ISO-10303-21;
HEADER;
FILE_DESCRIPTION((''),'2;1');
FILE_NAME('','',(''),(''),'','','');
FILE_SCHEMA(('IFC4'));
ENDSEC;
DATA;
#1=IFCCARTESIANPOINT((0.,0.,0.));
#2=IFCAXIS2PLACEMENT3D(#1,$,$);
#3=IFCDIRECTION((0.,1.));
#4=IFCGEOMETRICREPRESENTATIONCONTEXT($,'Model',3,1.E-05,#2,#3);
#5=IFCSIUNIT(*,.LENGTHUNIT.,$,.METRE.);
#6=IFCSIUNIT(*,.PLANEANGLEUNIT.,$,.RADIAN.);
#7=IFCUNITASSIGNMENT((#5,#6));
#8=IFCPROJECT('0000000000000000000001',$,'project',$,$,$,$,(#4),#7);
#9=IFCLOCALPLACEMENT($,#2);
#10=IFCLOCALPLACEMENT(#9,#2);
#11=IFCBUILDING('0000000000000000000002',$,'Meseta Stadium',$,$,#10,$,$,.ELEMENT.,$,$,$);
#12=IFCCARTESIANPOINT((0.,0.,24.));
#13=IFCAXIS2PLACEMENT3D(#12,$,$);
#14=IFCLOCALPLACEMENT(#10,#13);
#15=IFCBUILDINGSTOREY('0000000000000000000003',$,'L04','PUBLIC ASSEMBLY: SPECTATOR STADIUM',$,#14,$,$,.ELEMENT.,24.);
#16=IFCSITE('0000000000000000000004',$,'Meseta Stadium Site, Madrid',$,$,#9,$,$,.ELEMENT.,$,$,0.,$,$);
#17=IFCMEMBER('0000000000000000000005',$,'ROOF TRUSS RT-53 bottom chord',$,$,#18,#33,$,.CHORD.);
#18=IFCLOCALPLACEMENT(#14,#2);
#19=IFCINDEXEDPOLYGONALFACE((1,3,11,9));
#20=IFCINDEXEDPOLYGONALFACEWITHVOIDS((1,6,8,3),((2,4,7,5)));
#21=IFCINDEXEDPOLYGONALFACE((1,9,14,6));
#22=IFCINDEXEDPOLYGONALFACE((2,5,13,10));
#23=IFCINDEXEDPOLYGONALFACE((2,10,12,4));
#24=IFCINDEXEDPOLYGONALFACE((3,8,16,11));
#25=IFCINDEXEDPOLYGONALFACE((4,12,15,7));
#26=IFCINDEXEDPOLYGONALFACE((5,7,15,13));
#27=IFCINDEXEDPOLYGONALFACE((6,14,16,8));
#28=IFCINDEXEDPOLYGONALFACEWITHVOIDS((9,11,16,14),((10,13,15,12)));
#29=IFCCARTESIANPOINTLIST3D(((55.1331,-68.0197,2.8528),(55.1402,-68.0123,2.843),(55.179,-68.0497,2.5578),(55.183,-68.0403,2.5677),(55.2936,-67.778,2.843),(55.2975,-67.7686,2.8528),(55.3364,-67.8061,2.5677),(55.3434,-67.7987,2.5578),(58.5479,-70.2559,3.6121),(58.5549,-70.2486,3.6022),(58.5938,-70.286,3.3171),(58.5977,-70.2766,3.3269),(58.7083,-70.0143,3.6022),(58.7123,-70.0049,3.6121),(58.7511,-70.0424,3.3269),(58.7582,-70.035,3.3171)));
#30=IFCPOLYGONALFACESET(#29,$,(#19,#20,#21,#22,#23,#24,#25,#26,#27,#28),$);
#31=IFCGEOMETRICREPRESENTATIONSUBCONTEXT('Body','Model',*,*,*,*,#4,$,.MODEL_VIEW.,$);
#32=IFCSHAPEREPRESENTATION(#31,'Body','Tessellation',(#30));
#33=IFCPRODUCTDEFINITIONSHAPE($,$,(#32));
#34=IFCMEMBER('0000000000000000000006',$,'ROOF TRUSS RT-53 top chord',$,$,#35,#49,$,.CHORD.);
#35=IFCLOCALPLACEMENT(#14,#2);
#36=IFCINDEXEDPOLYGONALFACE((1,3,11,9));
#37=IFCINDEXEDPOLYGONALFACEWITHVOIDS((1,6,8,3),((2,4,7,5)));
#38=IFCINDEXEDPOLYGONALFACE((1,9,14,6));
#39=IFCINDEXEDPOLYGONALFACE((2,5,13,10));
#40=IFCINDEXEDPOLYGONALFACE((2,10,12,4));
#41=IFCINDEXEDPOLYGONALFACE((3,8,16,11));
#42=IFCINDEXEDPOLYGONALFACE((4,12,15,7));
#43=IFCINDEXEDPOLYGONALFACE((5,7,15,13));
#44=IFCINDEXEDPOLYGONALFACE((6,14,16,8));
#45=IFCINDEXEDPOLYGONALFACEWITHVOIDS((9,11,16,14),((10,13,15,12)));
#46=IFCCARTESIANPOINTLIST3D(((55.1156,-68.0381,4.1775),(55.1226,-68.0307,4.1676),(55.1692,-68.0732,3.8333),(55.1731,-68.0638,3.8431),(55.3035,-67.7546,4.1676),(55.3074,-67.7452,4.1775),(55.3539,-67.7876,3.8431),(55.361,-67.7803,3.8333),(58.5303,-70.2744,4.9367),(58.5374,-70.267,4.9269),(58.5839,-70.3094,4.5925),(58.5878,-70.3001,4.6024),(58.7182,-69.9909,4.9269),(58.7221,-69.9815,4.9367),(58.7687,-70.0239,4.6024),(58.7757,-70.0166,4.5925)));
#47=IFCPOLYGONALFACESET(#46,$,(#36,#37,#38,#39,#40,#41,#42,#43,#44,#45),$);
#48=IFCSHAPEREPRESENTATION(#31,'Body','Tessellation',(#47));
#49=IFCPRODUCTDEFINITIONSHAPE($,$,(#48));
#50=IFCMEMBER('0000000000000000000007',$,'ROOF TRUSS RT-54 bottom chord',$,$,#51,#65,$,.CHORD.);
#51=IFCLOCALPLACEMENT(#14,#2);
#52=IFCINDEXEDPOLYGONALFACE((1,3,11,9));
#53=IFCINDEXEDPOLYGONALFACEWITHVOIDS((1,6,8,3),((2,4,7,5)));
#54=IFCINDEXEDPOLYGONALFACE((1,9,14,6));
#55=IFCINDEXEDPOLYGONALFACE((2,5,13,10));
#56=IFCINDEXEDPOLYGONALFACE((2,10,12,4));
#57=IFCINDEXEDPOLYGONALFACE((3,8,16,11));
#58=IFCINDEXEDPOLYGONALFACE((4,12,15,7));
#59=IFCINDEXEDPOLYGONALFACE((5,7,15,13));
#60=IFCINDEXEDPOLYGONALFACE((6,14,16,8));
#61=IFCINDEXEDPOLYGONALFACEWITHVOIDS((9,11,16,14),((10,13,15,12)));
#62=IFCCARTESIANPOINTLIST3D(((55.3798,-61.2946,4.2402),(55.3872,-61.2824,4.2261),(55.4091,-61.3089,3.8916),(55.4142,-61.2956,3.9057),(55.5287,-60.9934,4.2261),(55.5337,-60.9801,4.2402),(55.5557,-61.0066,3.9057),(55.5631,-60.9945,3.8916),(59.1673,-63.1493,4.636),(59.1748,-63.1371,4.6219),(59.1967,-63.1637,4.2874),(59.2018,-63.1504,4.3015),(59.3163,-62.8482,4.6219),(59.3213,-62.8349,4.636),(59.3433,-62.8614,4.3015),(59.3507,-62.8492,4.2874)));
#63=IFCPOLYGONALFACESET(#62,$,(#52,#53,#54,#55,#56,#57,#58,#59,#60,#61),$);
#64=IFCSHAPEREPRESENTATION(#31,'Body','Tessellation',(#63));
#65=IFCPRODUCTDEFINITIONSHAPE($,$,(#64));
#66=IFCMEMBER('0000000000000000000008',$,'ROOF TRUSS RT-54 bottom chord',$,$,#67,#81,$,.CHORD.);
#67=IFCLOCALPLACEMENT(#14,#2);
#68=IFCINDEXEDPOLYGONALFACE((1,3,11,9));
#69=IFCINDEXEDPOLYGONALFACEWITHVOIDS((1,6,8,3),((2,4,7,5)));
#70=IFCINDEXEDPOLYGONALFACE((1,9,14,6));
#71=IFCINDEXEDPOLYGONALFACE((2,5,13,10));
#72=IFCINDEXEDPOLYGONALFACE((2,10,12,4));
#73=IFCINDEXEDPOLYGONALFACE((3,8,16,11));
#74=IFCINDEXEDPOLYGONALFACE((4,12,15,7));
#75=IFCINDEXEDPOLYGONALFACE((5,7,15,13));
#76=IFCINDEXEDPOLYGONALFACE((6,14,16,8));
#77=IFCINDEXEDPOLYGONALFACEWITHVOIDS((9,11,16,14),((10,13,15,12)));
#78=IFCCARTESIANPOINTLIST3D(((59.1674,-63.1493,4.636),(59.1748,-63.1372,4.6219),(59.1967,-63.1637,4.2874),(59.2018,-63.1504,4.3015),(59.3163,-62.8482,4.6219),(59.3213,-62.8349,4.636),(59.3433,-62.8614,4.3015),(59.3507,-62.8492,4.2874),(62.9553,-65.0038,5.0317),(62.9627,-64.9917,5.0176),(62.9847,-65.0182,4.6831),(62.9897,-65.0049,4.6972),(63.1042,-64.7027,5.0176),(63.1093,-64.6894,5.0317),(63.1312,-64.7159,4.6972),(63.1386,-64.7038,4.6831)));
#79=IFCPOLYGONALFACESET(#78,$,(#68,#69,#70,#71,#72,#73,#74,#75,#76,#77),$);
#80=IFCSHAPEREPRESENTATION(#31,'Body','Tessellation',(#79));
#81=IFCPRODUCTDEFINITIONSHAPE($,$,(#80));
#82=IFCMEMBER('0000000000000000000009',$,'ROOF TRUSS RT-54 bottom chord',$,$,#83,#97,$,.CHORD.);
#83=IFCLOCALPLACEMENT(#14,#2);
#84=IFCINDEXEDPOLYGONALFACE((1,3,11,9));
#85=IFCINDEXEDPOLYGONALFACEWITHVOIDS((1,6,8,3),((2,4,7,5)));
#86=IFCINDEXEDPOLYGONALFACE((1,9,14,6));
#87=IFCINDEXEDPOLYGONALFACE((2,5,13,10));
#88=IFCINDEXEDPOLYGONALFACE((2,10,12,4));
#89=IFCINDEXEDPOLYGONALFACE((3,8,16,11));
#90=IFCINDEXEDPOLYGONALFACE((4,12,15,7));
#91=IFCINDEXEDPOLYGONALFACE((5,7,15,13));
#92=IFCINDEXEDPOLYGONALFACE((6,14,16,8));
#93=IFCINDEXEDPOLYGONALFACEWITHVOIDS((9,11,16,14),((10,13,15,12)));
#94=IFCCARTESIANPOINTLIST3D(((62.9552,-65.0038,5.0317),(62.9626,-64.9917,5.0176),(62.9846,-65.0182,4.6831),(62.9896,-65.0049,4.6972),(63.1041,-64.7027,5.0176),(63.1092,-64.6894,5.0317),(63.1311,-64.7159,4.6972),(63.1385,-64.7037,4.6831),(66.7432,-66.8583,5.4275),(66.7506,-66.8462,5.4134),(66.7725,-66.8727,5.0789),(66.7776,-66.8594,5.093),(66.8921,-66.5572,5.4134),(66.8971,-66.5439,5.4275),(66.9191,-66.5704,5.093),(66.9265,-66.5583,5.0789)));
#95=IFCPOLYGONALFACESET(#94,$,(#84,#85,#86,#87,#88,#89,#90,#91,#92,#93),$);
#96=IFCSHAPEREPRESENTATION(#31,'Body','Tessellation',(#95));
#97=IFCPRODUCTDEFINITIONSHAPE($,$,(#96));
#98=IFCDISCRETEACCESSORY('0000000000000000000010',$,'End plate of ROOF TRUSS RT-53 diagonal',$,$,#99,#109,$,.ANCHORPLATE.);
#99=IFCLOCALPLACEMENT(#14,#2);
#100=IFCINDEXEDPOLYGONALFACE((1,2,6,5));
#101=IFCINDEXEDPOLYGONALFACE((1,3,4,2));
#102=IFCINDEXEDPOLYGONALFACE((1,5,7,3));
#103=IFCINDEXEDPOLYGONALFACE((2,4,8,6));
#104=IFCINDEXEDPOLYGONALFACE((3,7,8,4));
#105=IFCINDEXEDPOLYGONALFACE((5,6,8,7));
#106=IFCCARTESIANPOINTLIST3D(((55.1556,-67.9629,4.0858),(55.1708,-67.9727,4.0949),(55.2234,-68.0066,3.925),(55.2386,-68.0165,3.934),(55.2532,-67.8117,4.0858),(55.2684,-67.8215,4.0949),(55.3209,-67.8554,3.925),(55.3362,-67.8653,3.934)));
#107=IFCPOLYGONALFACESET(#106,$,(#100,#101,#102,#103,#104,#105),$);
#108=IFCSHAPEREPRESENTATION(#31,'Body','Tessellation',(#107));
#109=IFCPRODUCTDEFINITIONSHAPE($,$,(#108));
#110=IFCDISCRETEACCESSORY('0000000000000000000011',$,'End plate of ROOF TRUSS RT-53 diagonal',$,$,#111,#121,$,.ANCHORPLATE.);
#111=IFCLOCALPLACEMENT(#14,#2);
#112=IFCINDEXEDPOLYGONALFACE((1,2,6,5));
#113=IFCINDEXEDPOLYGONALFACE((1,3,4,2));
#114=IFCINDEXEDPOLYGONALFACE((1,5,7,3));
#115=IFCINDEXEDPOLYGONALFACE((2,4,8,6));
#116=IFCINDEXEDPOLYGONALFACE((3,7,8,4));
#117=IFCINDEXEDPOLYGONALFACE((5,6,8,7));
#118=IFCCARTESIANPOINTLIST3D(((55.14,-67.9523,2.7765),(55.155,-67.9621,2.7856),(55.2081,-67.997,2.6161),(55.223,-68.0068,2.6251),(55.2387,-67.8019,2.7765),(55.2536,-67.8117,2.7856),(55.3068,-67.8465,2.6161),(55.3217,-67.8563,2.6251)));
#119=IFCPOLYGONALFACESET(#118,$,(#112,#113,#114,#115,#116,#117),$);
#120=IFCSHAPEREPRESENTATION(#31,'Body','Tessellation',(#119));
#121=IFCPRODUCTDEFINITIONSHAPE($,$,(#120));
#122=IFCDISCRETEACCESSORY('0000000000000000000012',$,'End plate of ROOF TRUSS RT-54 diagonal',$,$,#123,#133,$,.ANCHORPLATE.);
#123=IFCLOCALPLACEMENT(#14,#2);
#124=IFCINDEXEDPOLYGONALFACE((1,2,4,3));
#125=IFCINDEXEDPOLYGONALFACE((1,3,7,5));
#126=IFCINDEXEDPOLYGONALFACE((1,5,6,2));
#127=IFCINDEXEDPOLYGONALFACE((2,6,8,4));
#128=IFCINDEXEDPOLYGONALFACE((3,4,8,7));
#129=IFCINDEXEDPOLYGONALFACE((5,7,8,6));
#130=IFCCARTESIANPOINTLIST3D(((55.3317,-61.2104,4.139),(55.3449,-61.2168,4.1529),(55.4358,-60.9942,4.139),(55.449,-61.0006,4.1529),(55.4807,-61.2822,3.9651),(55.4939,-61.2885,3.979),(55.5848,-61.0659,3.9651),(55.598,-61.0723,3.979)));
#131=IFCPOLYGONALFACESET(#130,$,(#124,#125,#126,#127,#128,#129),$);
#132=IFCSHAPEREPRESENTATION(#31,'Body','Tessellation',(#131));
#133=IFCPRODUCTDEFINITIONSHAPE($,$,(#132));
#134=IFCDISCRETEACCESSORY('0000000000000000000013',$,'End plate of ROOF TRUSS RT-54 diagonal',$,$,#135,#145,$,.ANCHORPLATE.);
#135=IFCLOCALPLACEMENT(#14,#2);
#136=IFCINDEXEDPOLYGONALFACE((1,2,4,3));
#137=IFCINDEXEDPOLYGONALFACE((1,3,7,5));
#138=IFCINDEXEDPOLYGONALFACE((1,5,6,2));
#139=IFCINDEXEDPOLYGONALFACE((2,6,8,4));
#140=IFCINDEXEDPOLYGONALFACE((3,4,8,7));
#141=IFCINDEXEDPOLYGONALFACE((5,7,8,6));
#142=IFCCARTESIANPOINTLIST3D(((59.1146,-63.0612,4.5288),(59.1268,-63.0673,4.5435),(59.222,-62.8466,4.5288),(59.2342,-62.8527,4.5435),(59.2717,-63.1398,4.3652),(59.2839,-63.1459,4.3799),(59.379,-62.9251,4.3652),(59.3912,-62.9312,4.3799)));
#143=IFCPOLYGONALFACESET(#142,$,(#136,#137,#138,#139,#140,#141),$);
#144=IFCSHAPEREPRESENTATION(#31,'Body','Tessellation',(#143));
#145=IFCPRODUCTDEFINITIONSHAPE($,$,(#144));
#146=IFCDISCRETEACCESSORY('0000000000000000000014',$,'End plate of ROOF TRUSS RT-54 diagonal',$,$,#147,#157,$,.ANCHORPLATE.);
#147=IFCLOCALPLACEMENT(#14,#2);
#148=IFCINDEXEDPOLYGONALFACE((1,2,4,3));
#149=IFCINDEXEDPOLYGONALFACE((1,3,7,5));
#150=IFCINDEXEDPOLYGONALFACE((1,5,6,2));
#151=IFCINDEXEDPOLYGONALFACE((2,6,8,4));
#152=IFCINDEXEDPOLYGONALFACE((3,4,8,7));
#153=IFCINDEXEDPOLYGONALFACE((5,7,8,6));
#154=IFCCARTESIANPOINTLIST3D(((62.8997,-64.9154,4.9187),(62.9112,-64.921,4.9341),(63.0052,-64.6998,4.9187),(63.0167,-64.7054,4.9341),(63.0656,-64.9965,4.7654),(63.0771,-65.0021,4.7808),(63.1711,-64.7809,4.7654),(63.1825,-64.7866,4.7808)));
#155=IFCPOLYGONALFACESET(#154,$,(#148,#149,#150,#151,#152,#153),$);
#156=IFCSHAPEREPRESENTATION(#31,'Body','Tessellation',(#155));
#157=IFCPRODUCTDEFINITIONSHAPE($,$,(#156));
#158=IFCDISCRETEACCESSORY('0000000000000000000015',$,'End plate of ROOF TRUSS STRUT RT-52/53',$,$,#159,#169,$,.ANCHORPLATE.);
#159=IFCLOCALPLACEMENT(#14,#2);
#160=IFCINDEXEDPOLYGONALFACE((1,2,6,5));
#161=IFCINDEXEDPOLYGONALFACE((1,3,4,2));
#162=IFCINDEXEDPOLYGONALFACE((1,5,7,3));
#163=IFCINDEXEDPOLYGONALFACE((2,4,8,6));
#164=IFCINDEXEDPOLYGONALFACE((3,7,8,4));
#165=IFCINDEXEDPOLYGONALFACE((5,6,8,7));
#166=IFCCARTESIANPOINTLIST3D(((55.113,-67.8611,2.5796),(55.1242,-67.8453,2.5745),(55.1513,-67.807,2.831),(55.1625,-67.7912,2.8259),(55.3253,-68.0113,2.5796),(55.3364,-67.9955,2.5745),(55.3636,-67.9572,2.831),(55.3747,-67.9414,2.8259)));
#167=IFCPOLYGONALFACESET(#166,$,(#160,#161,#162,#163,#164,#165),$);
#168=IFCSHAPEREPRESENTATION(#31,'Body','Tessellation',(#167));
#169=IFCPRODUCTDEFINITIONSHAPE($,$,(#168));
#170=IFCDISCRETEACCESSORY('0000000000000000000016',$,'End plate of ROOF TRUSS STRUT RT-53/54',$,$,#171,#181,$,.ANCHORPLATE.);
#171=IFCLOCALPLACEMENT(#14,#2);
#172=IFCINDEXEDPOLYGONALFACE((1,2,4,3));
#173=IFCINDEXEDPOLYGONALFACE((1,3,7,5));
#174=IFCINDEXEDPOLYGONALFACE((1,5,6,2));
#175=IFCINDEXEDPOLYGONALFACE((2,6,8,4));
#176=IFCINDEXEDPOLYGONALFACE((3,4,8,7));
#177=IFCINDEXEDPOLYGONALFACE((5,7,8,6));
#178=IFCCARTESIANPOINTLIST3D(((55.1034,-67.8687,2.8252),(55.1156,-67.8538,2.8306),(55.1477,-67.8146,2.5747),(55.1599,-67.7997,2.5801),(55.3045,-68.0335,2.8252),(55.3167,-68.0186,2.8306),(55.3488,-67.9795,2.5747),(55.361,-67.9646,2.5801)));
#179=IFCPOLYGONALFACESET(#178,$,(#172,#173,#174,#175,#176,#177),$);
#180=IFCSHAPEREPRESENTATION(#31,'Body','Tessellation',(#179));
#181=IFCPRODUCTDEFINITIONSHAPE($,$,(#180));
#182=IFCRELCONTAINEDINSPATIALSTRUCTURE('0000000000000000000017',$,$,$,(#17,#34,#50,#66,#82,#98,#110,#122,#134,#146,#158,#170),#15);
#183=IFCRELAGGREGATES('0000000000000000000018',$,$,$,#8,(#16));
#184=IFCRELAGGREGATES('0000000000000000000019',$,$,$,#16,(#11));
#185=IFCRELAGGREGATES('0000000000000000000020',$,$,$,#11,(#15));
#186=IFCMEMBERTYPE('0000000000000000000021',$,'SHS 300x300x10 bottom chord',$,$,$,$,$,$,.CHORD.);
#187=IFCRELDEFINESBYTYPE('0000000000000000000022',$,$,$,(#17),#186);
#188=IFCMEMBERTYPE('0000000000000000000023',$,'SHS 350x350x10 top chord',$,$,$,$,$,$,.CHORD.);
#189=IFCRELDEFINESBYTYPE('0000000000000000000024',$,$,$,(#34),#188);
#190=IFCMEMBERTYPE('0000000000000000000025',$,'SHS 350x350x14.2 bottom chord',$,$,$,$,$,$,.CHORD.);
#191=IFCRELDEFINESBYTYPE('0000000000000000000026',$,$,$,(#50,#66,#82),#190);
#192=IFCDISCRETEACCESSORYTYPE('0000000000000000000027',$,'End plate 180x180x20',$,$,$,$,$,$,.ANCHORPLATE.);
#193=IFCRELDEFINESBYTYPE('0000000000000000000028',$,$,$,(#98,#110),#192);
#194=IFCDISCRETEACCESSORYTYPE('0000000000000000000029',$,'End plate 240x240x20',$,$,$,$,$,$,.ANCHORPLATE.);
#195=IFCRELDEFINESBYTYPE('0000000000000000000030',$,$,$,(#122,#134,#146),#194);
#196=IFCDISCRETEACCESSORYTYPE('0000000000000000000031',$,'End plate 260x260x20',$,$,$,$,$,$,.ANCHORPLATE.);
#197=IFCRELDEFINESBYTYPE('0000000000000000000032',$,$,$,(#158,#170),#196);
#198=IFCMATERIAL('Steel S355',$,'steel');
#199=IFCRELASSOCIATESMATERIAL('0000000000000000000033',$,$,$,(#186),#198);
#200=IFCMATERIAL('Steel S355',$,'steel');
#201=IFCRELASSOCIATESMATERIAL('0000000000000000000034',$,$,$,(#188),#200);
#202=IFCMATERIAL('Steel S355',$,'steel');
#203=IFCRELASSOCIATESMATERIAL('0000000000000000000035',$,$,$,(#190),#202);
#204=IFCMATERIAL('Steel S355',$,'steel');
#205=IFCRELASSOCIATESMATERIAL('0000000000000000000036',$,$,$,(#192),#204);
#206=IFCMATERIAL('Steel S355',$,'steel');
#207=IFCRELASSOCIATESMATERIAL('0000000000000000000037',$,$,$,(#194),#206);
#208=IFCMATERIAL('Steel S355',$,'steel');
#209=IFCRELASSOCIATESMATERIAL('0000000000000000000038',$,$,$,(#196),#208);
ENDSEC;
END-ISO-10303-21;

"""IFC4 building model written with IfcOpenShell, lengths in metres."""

from ifc_helpers import new_model, si_unit, direction, frame, origin, origin_2d, place, context, subcontext, project, spatial, rectangle, hollow_rectangle, extrude, material, material_profile, profile_set, type_object, element, save


model = new_model("IFC4")

# Units and contexts
model_context = context("Model", 3, precision=1e-05, world=origin(), true_north=direction((0.0, 1.0)))
body_context = subcontext(model_context, "Body", "Model", "MODEL_VIEW")
ifc_project = project(units=[si_unit("LENGTHUNIT", "METRE"), si_unit("PLANEANGLEUNIT", "RADIAN")], contexts=[model_context])

# Site, building, storey
site_placement = place(None, origin())
site = spatial("IfcSite", under=ifc_project, at=site_placement, Name="Meseta Stadium Site, Madrid", CompositionType="ELEMENT", RefElevation=0.0)
building_placement = place(site_placement, origin())
building = spatial("IfcBuilding", under=site, at=building_placement, Name="Meseta Stadium", CompositionType="ELEMENT")
storey_placement = place(building_placement, frame((0.0, 0.0, 24.0)))
storey = spatial("IfcBuildingStorey", under=building, at=storey_placement, Name="L04", Description="PUBLIC ASSEMBLY: SPECTATOR STADIUM", CompositionType="ELEMENT", Elevation=24.0)

# Members
ifc_material_1 = material(Name="Steel S355", Category="steel")
ifc_material_profile_1 = material_profile(ifc_material_1, hollow_rectangle(XDim=0.3, YDim=0.3, WallThickness=0.01, at=origin_2d()), Name="SHS 300x300x10")
ifc_profile_set_1 = profile_set([ifc_material_profile_1], Name="Steel S355")
member_type_1 = type_object("IfcMemberType", Name="SHS 300x300x10 bottom chord", PredefinedType="CHORD", material=ifc_profile_set_1)
member_1_placement = place(storey_placement, frame((55.2383, -67.9092, 2.7053), z_axis=(0.82246, -0.538624, 0.182874), x_axis=(0.547863, 0.836568, 0.0)))
element("IfcMember", 1, at=member_1_placement, inside=storey, type_object=member_type_1, Name="ROOF TRUSS RT-53 bottom chord", PredefinedType="CHORD", context=body_context, shape_type="SweptSolid", body=[
    extrude(hollow_rectangle(XDim=0.3, YDim=0.3, WallThickness=0.01, at=origin_2d()), origin(), (0.0, 0.0, 1.0), 4.1519),
])
ifc_material_2 = material(Name="Steel S355", Category="steel")
ifc_material_profile_2 = material_profile(ifc_material_2, hollow_rectangle(XDim=0.3501, YDim=0.3501, WallThickness=0.01, at=origin_2d()), Name="SHS 350x350x10")
ifc_profile_set_2 = profile_set([ifc_material_profile_2], Name="Steel S355")
member_type_2 = type_object("IfcMemberType", Name="SHS 350x350x10 top chord", PredefinedType="CHORD", material=ifc_profile_set_2)
member_2_placement = place(storey_placement, frame((55.2383, -67.9092, 4.0054), z_axis=(0.82246, -0.538624, 0.182874), x_axis=(0.547863, 0.836568, 0.0)))
element("IfcMember", 2, at=member_2_placement, inside=storey, type_object=member_type_2, Name="ROOF TRUSS RT-53 top chord", PredefinedType="CHORD", context=body_context, shape_type="SweptSolid", body=[
    extrude(hollow_rectangle(XDim=0.3501, YDim=0.3501, WallThickness=0.01, at=origin_2d()), origin(), (0.0, 0.0, 1.0), 4.1519),
])
ifc_material_3 = material(Name="Steel S355", Category="steel")
ifc_material_profile_3 = material_profile(ifc_material_3, hollow_rectangle(XDim=0.3501, YDim=0.3501, WallThickness=0.0142, at=origin_2d()), Name="SHS 350x350x14.2")
ifc_profile_set_3 = profile_set([ifc_material_profile_3], Name="Steel S355")
member_type_3 = type_object("IfcMemberType", Name="SHS 350x350x14.2 bottom chord", PredefinedType="CHORD", material=ifc_profile_set_3)
member_3_placement = place(storey_placement, frame((55.4714, -61.1445, 4.0659), z_axis=(0.894173, -0.437865, 0.093429), x_axis=(0.439788, 0.898101, 0.0)))
element("IfcMember", 3, at=member_3_placement, inside=storey, type_object=member_type_3, Name="ROOF TRUSS RT-54 bottom chord", PredefinedType="CHORD", context=body_context, shape_type="SweptSolid", body=[
    extrude(hollow_rectangle(XDim=0.3501, YDim=0.3501, WallThickness=0.0142, at=origin_2d()), origin(), (0.0, 0.0, 1.0), 4.2358),
])
for number, where, z_axis, x_axis, name in (
    (4, (59.259, -62.9993, 4.4617), (0.894207, -0.437796, 0.093426), (0.439719, 0.898135, 0.0), "ROOF TRUSS RT-54 bottom chord"),
    (5, (63.0469, -64.8538, 4.8574), (0.894207, -0.437796, 0.093426), (0.439719, 0.898135, 0.0), "ROOF TRUSS RT-54 bottom chord"),
):
    element("IfcMember", number, at=place(storey_placement, frame(where, z_axis=z_axis, x_axis=x_axis)), inside=storey, type_object=member_type_3, Name=name, PredefinedType="CHORD", context=body_context, shape_type="SweptSolid", body=[
        extrude(hollow_rectangle(XDim=0.3501, YDim=0.3501, WallThickness=0.0142, at=origin_2d()), origin(), (0.0, 0.0, 1.0), 4.2361),
    ])

# Discrete accessories
ifc_material_4 = material(Name="Steel S355", Category="steel")
ifc_material_profile_4 = material_profile(ifc_material_4, rectangle(XDim=0.1799, YDim=0.1799, at=origin_2d()), Name="PL 180x180")
ifc_profile_set_4 = profile_set([ifc_material_profile_4], Name="Steel S355")
discrete_accessory_type_1 = type_object("IfcDiscreteAccessoryType", Name="End plate 180x180x20", PredefinedType="ANCHORPLATE", material=ifc_profile_set_4)
discrete_accessory_1_placement = place(storey_placement, frame((55.2383, -67.9092, 4.0054), z_axis=(0.751143, -0.484608, 0.448263), x_axis=(0.542127, 0.840297, 0.0)))
element("IfcDiscreteAccessory", 6, at=discrete_accessory_1_placement, inside=storey, type_object=discrete_accessory_type_1, Name="End plate of ROOF TRUSS RT-53 diagonal", PredefinedType="ANCHORPLATE", context=body_context, shape_type="SweptSolid", body=[
    extrude(rectangle(XDim=0.1799, YDim=0.1799, at=origin_2d()), origin(), (0.0, 0.0, 1.0), 0.0203),
])
discrete_accessory_2_placement = place(storey_placement, frame((55.2234, -67.8994, 2.6963), z_axis=(0.74579, -0.489043, 0.452365), x_axis=(0.548357, 0.836244, 0.0)))
element("IfcDiscreteAccessory", 7, at=discrete_accessory_2_placement, inside=storey, type_object=discrete_accessory_type_1, Name="End plate of ROOF TRUSS RT-53 diagonal", PredefinedType="ANCHORPLATE", context=body_context, shape_type="SweptSolid", body=[
    extrude(rectangle(XDim=0.1799, YDim=0.1799, at=origin_2d()), origin(), (0.0, 0.0, 1.0), 0.02),
])
ifc_material_5 = material(Name="Steel S355", Category="steel")
ifc_material_profile_5 = material_profile(ifc_material_5, rectangle(XDim=0.24, YDim=0.24, at=origin_2d()), Name="PL 240x240")
ifc_profile_set_5 = profile_set([ifc_material_profile_5], Name="Steel S355")
discrete_accessory_type_2 = type_object("IfcDiscreteAccessoryType", Name="End plate 240x240x20", PredefinedType="ANCHORPLATE", material=ifc_profile_set_5)
discrete_accessory_3_placement = place(storey_placement, frame((55.4583, -61.1382, 4.052), z_axis=(0.652881, -0.31435, 0.689152), x_axis=(0.433816, 0.901002, 0.0)))
element("IfcDiscreteAccessory", 8, at=discrete_accessory_3_placement, inside=storey, type_object=discrete_accessory_type_2, Name="End plate of ROOF TRUSS RT-54 diagonal", PredefinedType="ANCHORPLATE", context=body_context, shape_type="SweptSolid", body=[
    extrude(rectangle(XDim=0.24, YDim=0.24, at=origin_2d()), origin(), (0.0, 0.0, 1.0), 0.0203),
])
for number, where, z_axis, x_axis, name in (
    (9, (59.2468, -62.9932, 4.447), (0.609711, -0.304855, 0.731653), (0.447214, 0.894427, 0.0), "End plate of ROOF TRUSS RT-54 diagonal"),
    (10, (63.0354, -64.8481, 4.842), (0.573897, -0.280843, 0.769266), (0.439553, 0.898217, 0.0), "End plate of ROOF TRUSS RT-54 diagonal"),
):
    element("IfcDiscreteAccessory", number, at=place(storey_placement, frame(where, z_axis=z_axis, x_axis=x_axis)), inside=storey, type_object=discrete_accessory_type_2, Name=name, PredefinedType="ANCHORPLATE", context=body_context, shape_type="SweptSolid", body=[
        extrude(rectangle(XDim=0.24, YDim=0.24, at=origin_2d()), origin(), (0.0, 0.0, 1.0), 0.02),
    ])
ifc_material_6 = material(Name="Steel S355", Category="steel")
ifc_material_profile_6 = material_profile(ifc_material_6, rectangle(XDim=0.26, YDim=0.26, at=origin_2d()), Name="PL 260x260")
ifc_profile_set_6 = profile_set([ifc_material_profile_6], Name="Steel S355")
discrete_accessory_type_3 = type_object("IfcDiscreteAccessoryType", Name="End plate 260x260x20", PredefinedType="ANCHORPLATE", material=ifc_profile_set_6)
for number, where, z_axis, x_axis, name in (
    (11, (55.2383, -67.9092, 2.7053), (0.558572, 0.789286, -0.255), (-0.816271, 0.577669, 0.0), "End plate of ROOF TRUSS STRUT RT-52/53"),
    (12, (55.2261, -67.9241, 2.7), (0.610619, 0.744956, 0.268673), (-0.773392, 0.633928, 0.0), "End plate of ROOF TRUSS STRUT RT-53/54"),
):
    element("IfcDiscreteAccessory", number, at=place(storey_placement, frame(where, z_axis=z_axis, x_axis=x_axis)), inside=storey, type_object=discrete_accessory_type_3, Name=name, PredefinedType="ANCHORPLATE", context=body_context, shape_type="SweptSolid", body=[
        extrude(rectangle(XDim=0.26, YDim=0.26, at=origin_2d()), origin(), (0.0, 0.0, 1.0), 0.02),
    ])

save(model, "model.ifc")
